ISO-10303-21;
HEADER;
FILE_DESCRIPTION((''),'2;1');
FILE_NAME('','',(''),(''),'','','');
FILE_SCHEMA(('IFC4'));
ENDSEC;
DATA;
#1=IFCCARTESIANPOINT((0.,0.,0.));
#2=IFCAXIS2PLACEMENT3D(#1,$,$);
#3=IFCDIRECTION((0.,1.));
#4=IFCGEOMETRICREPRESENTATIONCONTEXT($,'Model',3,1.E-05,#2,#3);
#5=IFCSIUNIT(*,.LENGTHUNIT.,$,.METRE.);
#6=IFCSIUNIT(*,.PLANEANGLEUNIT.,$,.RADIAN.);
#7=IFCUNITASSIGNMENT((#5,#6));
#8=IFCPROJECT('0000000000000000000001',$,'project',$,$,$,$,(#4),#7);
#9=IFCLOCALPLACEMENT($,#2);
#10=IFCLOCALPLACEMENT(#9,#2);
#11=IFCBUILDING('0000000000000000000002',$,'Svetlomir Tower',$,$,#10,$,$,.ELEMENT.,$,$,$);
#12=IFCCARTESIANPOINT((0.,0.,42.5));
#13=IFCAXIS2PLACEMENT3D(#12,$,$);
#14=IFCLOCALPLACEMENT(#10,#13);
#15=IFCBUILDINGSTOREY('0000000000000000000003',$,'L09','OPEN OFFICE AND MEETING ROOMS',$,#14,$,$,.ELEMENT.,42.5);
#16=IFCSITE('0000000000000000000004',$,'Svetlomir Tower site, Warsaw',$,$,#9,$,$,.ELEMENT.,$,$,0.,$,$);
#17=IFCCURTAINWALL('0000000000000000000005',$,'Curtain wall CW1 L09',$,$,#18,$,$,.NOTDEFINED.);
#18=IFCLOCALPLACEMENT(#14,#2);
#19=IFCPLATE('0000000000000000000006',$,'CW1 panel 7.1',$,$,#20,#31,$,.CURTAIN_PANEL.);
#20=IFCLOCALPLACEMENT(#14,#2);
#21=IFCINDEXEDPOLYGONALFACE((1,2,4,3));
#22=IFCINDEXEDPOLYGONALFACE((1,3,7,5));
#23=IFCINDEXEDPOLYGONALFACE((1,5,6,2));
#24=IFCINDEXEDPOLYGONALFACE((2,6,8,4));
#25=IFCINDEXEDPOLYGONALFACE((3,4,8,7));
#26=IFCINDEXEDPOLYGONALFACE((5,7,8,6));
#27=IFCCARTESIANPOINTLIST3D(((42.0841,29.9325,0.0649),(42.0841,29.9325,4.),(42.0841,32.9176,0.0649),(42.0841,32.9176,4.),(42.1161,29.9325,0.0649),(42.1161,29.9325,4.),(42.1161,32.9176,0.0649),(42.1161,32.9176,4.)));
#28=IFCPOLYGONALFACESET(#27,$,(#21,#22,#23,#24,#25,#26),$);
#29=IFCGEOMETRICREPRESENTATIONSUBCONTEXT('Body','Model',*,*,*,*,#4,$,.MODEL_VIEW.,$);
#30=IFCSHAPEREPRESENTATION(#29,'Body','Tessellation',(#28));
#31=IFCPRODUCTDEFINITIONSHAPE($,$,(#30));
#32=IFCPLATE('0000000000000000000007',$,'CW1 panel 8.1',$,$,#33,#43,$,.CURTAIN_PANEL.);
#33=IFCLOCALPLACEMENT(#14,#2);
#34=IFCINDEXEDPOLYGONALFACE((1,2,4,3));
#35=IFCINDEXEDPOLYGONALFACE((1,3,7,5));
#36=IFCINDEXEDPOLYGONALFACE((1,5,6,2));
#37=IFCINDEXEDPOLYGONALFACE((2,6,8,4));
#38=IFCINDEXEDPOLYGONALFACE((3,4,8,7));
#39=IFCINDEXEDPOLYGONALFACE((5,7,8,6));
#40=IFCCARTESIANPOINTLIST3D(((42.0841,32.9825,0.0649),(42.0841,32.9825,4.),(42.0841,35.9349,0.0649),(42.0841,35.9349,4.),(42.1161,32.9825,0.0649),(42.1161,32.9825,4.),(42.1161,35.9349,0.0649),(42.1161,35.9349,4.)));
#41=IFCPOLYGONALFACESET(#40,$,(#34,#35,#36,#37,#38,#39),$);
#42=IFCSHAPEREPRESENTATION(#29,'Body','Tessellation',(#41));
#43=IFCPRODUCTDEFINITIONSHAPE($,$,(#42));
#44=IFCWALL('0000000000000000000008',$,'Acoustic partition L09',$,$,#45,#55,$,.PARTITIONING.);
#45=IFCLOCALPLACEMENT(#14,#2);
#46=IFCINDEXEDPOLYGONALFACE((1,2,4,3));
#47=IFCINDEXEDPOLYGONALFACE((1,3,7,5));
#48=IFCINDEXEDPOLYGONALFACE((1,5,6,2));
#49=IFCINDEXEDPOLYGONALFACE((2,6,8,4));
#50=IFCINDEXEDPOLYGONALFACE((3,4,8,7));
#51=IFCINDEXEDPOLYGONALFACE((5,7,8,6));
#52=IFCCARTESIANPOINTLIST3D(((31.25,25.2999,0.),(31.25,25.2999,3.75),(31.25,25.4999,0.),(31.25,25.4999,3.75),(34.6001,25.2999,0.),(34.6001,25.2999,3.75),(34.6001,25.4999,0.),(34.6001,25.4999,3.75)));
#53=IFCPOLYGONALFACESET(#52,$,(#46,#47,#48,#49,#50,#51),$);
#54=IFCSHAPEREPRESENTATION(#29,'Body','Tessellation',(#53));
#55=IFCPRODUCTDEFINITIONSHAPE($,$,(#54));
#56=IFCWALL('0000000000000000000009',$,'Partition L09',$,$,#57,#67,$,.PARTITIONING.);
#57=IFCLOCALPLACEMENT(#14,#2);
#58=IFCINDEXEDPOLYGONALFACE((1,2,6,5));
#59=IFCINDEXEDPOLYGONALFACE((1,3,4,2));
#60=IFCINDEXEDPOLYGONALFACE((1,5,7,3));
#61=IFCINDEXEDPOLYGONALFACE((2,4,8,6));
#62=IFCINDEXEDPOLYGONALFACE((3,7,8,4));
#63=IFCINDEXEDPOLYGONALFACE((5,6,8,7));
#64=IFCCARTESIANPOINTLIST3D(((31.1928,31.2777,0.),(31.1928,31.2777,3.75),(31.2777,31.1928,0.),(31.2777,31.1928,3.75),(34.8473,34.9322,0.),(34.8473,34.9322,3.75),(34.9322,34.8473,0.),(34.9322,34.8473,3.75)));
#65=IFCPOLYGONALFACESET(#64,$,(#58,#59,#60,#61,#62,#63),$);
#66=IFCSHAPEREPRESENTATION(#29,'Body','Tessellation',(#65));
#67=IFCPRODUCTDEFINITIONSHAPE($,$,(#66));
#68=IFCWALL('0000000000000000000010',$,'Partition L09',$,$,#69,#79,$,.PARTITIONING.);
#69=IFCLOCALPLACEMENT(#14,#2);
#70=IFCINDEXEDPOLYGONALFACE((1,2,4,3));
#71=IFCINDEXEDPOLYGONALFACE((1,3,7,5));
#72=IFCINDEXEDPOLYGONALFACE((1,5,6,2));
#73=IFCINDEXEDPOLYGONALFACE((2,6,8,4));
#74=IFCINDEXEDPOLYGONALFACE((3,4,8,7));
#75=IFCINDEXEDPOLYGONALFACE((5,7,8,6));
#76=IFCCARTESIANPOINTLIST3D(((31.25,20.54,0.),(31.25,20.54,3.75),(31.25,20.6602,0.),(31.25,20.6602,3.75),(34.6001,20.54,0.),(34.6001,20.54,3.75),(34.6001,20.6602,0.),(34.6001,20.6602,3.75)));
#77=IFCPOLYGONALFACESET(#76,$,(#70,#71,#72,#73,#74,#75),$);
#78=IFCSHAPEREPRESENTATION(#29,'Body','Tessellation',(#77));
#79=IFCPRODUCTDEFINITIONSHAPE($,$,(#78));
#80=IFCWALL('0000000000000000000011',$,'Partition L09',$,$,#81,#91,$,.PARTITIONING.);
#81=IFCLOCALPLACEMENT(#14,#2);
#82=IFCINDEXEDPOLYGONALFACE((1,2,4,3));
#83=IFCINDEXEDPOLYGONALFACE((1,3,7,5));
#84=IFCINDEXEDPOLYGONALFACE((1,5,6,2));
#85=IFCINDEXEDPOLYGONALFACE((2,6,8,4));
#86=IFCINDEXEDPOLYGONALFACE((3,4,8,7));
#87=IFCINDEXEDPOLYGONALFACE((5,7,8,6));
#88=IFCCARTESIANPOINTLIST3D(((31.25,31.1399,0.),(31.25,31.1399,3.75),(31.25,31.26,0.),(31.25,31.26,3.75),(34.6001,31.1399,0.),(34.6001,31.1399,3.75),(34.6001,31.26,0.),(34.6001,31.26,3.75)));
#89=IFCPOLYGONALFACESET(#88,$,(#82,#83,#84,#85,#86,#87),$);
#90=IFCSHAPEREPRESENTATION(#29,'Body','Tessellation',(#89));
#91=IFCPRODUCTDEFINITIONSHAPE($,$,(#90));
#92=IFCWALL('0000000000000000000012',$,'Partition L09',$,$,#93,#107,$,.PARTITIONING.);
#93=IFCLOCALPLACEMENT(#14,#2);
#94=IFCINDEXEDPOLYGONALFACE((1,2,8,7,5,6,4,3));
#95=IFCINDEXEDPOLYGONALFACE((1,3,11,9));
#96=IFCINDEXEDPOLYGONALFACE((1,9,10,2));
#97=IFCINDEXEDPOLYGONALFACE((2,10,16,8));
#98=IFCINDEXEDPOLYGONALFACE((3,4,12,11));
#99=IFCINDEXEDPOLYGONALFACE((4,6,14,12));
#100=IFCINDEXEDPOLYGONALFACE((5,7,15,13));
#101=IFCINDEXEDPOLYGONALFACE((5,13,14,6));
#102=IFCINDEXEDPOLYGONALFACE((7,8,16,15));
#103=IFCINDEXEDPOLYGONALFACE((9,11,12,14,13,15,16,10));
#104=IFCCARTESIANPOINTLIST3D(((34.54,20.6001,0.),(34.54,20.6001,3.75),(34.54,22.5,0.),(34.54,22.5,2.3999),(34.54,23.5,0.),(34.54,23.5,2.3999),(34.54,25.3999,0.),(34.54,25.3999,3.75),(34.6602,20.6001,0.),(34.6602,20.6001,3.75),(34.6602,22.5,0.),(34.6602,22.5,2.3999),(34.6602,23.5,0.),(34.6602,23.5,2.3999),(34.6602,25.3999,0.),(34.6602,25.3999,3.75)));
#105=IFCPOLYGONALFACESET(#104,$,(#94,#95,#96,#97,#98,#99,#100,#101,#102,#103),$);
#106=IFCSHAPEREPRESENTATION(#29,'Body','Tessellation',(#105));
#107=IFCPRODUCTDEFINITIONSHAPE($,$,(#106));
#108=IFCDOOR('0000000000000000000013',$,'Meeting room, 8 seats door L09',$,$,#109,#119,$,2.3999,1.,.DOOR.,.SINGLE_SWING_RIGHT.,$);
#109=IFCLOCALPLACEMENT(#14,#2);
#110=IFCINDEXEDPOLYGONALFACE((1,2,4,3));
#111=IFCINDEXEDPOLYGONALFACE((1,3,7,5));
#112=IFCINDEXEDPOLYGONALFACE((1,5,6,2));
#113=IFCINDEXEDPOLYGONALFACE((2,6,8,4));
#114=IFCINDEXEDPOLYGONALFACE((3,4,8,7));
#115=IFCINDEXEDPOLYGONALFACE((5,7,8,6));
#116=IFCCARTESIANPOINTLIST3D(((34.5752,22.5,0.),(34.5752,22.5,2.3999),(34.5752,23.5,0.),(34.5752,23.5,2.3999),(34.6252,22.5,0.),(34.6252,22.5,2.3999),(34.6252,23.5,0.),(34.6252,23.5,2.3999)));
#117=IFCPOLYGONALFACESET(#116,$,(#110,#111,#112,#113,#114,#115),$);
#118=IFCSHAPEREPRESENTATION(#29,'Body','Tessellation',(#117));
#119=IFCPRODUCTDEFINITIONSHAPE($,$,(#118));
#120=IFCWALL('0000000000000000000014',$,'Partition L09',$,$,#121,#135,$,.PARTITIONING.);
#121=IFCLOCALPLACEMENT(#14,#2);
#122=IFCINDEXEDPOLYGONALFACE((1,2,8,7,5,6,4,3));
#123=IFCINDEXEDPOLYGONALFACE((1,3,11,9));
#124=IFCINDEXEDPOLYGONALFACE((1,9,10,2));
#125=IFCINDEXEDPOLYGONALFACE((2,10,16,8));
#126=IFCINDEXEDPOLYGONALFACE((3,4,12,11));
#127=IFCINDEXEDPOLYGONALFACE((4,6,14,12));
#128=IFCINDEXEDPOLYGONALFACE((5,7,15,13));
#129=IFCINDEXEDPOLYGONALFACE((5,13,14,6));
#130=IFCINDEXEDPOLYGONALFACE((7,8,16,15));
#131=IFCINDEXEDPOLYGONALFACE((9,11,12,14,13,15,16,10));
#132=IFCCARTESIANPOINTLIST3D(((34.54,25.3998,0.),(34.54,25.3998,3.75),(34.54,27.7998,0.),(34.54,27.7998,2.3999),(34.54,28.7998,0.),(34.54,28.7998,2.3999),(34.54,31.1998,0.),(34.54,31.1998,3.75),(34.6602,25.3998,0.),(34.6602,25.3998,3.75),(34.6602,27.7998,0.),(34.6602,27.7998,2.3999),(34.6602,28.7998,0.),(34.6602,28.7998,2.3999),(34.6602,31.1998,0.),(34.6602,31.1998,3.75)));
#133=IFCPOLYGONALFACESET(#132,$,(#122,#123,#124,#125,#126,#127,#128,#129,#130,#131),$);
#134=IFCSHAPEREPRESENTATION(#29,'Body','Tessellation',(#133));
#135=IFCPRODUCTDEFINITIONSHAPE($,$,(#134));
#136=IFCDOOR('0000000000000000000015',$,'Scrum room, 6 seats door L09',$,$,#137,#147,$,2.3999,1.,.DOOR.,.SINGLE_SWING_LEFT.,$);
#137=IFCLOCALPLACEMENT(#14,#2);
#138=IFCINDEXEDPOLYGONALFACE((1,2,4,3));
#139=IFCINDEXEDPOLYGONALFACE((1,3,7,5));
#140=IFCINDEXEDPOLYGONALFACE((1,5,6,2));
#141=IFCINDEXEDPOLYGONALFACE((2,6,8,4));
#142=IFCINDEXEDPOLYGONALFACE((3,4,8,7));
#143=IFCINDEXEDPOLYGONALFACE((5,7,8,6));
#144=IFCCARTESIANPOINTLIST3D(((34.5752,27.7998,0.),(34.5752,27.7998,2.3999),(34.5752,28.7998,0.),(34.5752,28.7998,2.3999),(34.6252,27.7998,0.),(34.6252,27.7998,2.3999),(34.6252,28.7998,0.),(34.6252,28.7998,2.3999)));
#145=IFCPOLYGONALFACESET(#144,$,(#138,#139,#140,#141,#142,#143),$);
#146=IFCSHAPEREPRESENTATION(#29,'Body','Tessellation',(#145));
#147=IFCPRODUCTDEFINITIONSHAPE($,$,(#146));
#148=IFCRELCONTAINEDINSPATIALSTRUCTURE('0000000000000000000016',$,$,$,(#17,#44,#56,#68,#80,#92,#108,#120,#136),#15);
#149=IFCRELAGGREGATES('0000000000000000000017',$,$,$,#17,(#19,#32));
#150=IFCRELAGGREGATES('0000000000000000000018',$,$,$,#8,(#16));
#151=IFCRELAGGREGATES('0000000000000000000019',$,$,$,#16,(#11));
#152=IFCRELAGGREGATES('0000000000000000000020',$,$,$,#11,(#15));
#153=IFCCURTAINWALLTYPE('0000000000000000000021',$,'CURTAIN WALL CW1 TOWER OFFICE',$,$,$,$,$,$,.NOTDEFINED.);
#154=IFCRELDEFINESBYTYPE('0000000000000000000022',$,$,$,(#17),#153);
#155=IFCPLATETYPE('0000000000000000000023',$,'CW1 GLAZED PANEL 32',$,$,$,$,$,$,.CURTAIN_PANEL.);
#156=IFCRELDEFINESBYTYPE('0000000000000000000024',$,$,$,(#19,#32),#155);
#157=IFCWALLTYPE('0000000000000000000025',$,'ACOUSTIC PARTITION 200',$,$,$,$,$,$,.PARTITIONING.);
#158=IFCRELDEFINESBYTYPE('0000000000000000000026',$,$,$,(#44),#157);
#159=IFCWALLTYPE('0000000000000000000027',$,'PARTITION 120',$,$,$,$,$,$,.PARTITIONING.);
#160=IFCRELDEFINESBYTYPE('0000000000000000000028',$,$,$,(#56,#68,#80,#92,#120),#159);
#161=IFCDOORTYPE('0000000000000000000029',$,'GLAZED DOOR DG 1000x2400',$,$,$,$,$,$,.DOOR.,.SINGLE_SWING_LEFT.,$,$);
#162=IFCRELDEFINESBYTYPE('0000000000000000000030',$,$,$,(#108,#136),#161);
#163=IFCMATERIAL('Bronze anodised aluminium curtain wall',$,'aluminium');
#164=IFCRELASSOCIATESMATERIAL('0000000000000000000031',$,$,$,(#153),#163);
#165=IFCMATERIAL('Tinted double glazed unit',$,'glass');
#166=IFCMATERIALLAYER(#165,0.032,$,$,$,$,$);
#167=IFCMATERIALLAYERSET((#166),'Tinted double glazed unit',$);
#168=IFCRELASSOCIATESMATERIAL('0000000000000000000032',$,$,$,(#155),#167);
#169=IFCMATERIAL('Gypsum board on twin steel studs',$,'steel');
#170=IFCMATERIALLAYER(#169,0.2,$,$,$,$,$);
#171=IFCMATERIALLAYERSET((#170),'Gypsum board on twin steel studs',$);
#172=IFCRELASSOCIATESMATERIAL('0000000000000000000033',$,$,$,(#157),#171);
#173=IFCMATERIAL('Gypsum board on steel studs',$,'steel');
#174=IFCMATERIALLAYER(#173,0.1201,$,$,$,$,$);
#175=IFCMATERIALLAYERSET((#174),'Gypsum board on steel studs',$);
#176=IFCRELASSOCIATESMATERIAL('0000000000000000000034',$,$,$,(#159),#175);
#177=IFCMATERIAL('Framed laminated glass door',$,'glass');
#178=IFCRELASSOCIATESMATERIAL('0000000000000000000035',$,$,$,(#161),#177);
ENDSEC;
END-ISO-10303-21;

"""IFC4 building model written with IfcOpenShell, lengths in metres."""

from ifc_helpers import new_model, si_unit, direction, frame, frame_2d, origin, origin_2d, place, context, subcontext, project, spatial, rectangle, extrude, material, layer, layer_set, type_object, element, fill, aggregate, save


model = new_model("IFC4")

# Units and contexts
model_context = context("Model", 3, precision=1e-05, world=origin(), true_north=direction((0.0, 1.0)))
body_context = subcontext(model_context, "Body", "Model", "MODEL_VIEW")
ifc_project = project(units=[si_unit("LENGTHUNIT", "METRE"), si_unit("PLANEANGLEUNIT", "RADIAN")], contexts=[model_context])

# Site, building, storey
site_placement = place(None, origin())
site = spatial("IfcSite", under=ifc_project, at=site_placement, Name="Svetlomir Tower site, Warsaw", CompositionType="ELEMENT", RefElevation=0.0)
building_placement = place(site_placement, origin())
building = spatial("IfcBuilding", under=site, at=building_placement, Name="Svetlomir Tower", CompositionType="ELEMENT")
storey_placement = place(building_placement, frame((0.0, 0.0, 42.5)))
storey = spatial("IfcBuildingStorey", under=building, at=storey_placement, Name="L09", Description="OPEN OFFICE AND MEETING ROOMS", CompositionType="ELEMENT", Elevation=42.5)

# Curtain wall
ifc_material_1 = material(Name="Bronze anodised aluminium curtain wall", Category="aluminium")
curtain_wall_type = type_object("IfcCurtainWallType", Name="CURTAIN WALL CW1 TOWER OFFICE", PredefinedType="NOTDEFINED", material=ifc_material_1)
curtain_wall_placement = place(storey_placement, origin())
curtain_wall = element("IfcCurtainWall", 1, at=curtain_wall_placement, inside=storey, type_object=curtain_wall_type, Name="Curtain wall CW1 L09", PredefinedType="NOTDEFINED")

# Plates
ifc_material_2 = material(Name="Tinted double glazed unit", Category="glass")
ifc_layer_1 = layer(ifc_material_2, 0.032)
ifc_layer_set_1 = layer_set([ifc_layer_1], Name="Tinted double glazed unit")
plate_type = type_object("IfcPlateType", Name="CW1 GLAZED PANEL 32", PredefinedType="CURTAIN_PANEL", material=ifc_layer_set_1)
plate_1_placement = place(storey_placement, frame((42.1001, 31.425, 0.0649), z_axis=(0.0, 0.0, 1.0), x_axis=(0.0, 1.0, 0.0)))
plate_1 = element("IfcPlate", 2, at=plate_1_placement, type_object=plate_type, Name="CW1 panel 7.1", PredefinedType="CURTAIN_PANEL", context=body_context, shape_type="SweptSolid", body=[
    extrude(rectangle(XDim=2.9851, YDim=0.032, at=origin_2d()), origin(), (0.0, 0.0, 1.0), 3.9351),
])
plate_2_placement = place(storey_placement, frame((42.1001, 34.4587, 0.0649), z_axis=(0.0, 0.0, 1.0), x_axis=(0.0, 1.0, 0.0)))
plate_2 = element("IfcPlate", 3, at=plate_2_placement, type_object=plate_type, Name="CW1 panel 8.1", PredefinedType="CURTAIN_PANEL", context=body_context, shape_type="SweptSolid", body=[
    extrude(rectangle(XDim=2.9524, YDim=0.032, at=origin_2d()), origin(), (0.0, 0.0, 1.0), 3.9351),
])
aggregate(curtain_wall, [plate_1, plate_2])

# Walls
ifc_material_3 = material(Name="Gypsum board on twin steel studs", Category="steel")
ifc_layer_2 = layer(ifc_material_3, 0.2)
ifc_layer_set_2 = layer_set([ifc_layer_2], Name="Gypsum board on twin steel studs")
wall_type_1 = type_object("IfcWallType", Name="ACOUSTIC PARTITION 200", PredefinedType="PARTITIONING", material=ifc_layer_set_2)
wall_1_placement = place(storey_placement, frame((31.25, 25.3999, 0.0), z_axis=(0.0, 0.0, 1.0), x_axis=(1.0, 0.0, 0.0)))
element("IfcWall", 4, at=wall_1_placement, inside=storey, type_object=wall_type_1, Name="Acoustic partition L09", PredefinedType="PARTITIONING", context=body_context, shape_type="SweptSolid", body=[
    extrude(rectangle(XDim=3.3501, YDim=0.2, at=frame_2d((1.675, 0.0))), origin(), (0.0, 0.0, 1.0), 3.75),
])
ifc_material_4 = material(Name="Gypsum board on steel studs", Category="steel")
ifc_layer_3 = layer(ifc_material_4, 0.1201)
ifc_layer_set_3 = layer_set([ifc_layer_3], Name="Gypsum board on steel studs")
wall_type_2 = type_object("IfcWallType", Name="PARTITION 120", PredefinedType="PARTITIONING", material=ifc_layer_set_3)
wall_2_placement = place(storey_placement, frame((31.2354, 31.2354, 0.0), z_axis=(0.0, 0.0, 1.0), x_axis=(0.707107, 0.707107, 0.0)))
element("IfcWall", 5, at=wall_2_placement, inside=storey, type_object=wall_type_2, Name="Partition L09", PredefinedType="PARTITIONING", context=body_context, shape_type="SweptSolid", body=[
    extrude(rectangle(XDim=5.1682, YDim=0.1201, at=frame_2d((2.584, 0.0))), origin(), (0.0, 0.0, 1.0), 3.75),
])
for number, where, z_axis, x_axis, name in (
    (6, (31.25, 20.6001, 0.0), (0.0, 0.0, 1.0), (1.0, 0.0, 0.0), "Partition L09"),
    (7, (31.25, 31.2, 0.0), (0.0, 0.0, 1.0), (1.0, 0.0, 0.0), "Partition L09"),
):
    element("IfcWall", number, at=place(storey_placement, frame(where, z_axis=z_axis, x_axis=x_axis)), inside=storey, type_object=wall_type_2, Name=name, PredefinedType="PARTITIONING", context=body_context, shape_type="SweptSolid", body=[
        extrude(rectangle(XDim=3.3501, YDim=0.1201, at=frame_2d((1.675, 0.0))), origin(), (0.0, 0.0, 1.0), 3.75),
    ])

# Walls, openings, doors
wall_3_placement = place(storey_placement, frame((34.6001, 20.6001, 0.0), z_axis=(0.0, 0.0, 1.0), x_axis=(0.0, 1.0, 0.0)))
wall_3 = element("IfcWall", 8, at=wall_3_placement, inside=storey, type_object=wall_type_2, Name="Partition L09", PredefinedType="PARTITIONING", context=body_context, shape_type="SweptSolid", body=[
    extrude(rectangle(XDim=4.7998, YDim=0.1201, at=frame_2d((2.3999, 0.0))), origin(), (0.0, 0.0, 1.0), 3.75),
])
opening_1_placement = place(wall_3_placement, frame((1.8999, 0.0, 0.0)))
opening_1 = element("IfcOpeningElement", 9, at=opening_1_placement, cuts=wall_3, PredefinedType="OPENING", context=body_context, shape_type="SweptSolid", body=[
    extrude(rectangle(XDim=1.0, YDim=2.3999, at=frame_2d((0.5, 1.2))), frame((0.0, 0.0701, 0.0), z_axis=(0.0, -1.0, 0.0), x_axis=(1.0, 0.0, 0.0)), (0.0, 0.0, 1.0), 0.1401),
])
ifc_material_5 = material(Name="Framed laminated glass door", Category="glass")
door_type = type_object("IfcDoorType", Name="GLAZED DOOR DG 1000x2400", OperationType="SINGLE_SWING_LEFT", PredefinedType="DOOR", material=ifc_material_5)
door_1_placement = place(opening_1_placement, origin())
door_1 = element("IfcDoor", 10, at=door_1_placement, inside=storey, type_object=door_type, Name="Meeting room, 8 seats door L09", OperationType="SINGLE_SWING_RIGHT", OverallHeight=2.3999, OverallWidth=1.0, PredefinedType="DOOR", context=body_context, shape_type="SweptSolid", body=[
    extrude(rectangle(XDim=1.0, YDim=2.3999, at=frame_2d((0.5, 1.2))), frame((0.0, 0.0249, 0.0), z_axis=(0.0, -1.0, 0.0), x_axis=(1.0, 0.0, 0.0)), (0.0, 0.0, 1.0), 0.05),
])
fill(opening_1, door_1)
wall_4_placement = place(storey_placement, frame((34.6001, 25.3999, 0.0), z_axis=(0.0, 0.0, 1.0), x_axis=(0.0, 1.0, 0.0)))
wall_4 = element("IfcWall", 11, at=wall_4_placement, inside=storey, type_object=wall_type_2, Name="Partition L09", PredefinedType="PARTITIONING", context=body_context, shape_type="SweptSolid", body=[
    extrude(rectangle(XDim=5.8, YDim=0.1201, at=frame_2d((2.8999, 0.0))), origin(), (0.0, 0.0, 1.0), 3.75),
])
opening_2_placement = place(wall_4_placement, frame((2.3999, 0.0, 0.0)))
opening_2 = element("IfcOpeningElement", 12, at=opening_2_placement, cuts=wall_4, PredefinedType="OPENING", context=body_context, shape_type="SweptSolid", body=[
    extrude(rectangle(XDim=1.0, YDim=2.3999, at=frame_2d((0.5, 1.2))), frame((0.0, 0.0701, 0.0), z_axis=(0.0, -1.0, 0.0), x_axis=(1.0, 0.0, 0.0)), (0.0, 0.0, 1.0), 0.1401),
])
door_2_placement = place(opening_2_placement, origin())
door_2 = element("IfcDoor", 13, at=door_2_placement, inside=storey, type_object=door_type, Name="Scrum room, 6 seats door L09", OperationType="SINGLE_SWING_LEFT", OverallHeight=2.3999, OverallWidth=1.0, PredefinedType="DOOR", context=body_context, shape_type="SweptSolid", body=[
    extrude(rectangle(XDim=1.0, YDim=2.3999, at=frame_2d((0.5, 1.2))), frame((0.0, 0.0249, 0.0), z_axis=(0.0, -1.0, 0.0), x_axis=(1.0, 0.0, 0.0)), (0.0, 0.0, 1.0), 0.05),
])
fill(opening_2, door_2)

save(model, "model.ifc")
